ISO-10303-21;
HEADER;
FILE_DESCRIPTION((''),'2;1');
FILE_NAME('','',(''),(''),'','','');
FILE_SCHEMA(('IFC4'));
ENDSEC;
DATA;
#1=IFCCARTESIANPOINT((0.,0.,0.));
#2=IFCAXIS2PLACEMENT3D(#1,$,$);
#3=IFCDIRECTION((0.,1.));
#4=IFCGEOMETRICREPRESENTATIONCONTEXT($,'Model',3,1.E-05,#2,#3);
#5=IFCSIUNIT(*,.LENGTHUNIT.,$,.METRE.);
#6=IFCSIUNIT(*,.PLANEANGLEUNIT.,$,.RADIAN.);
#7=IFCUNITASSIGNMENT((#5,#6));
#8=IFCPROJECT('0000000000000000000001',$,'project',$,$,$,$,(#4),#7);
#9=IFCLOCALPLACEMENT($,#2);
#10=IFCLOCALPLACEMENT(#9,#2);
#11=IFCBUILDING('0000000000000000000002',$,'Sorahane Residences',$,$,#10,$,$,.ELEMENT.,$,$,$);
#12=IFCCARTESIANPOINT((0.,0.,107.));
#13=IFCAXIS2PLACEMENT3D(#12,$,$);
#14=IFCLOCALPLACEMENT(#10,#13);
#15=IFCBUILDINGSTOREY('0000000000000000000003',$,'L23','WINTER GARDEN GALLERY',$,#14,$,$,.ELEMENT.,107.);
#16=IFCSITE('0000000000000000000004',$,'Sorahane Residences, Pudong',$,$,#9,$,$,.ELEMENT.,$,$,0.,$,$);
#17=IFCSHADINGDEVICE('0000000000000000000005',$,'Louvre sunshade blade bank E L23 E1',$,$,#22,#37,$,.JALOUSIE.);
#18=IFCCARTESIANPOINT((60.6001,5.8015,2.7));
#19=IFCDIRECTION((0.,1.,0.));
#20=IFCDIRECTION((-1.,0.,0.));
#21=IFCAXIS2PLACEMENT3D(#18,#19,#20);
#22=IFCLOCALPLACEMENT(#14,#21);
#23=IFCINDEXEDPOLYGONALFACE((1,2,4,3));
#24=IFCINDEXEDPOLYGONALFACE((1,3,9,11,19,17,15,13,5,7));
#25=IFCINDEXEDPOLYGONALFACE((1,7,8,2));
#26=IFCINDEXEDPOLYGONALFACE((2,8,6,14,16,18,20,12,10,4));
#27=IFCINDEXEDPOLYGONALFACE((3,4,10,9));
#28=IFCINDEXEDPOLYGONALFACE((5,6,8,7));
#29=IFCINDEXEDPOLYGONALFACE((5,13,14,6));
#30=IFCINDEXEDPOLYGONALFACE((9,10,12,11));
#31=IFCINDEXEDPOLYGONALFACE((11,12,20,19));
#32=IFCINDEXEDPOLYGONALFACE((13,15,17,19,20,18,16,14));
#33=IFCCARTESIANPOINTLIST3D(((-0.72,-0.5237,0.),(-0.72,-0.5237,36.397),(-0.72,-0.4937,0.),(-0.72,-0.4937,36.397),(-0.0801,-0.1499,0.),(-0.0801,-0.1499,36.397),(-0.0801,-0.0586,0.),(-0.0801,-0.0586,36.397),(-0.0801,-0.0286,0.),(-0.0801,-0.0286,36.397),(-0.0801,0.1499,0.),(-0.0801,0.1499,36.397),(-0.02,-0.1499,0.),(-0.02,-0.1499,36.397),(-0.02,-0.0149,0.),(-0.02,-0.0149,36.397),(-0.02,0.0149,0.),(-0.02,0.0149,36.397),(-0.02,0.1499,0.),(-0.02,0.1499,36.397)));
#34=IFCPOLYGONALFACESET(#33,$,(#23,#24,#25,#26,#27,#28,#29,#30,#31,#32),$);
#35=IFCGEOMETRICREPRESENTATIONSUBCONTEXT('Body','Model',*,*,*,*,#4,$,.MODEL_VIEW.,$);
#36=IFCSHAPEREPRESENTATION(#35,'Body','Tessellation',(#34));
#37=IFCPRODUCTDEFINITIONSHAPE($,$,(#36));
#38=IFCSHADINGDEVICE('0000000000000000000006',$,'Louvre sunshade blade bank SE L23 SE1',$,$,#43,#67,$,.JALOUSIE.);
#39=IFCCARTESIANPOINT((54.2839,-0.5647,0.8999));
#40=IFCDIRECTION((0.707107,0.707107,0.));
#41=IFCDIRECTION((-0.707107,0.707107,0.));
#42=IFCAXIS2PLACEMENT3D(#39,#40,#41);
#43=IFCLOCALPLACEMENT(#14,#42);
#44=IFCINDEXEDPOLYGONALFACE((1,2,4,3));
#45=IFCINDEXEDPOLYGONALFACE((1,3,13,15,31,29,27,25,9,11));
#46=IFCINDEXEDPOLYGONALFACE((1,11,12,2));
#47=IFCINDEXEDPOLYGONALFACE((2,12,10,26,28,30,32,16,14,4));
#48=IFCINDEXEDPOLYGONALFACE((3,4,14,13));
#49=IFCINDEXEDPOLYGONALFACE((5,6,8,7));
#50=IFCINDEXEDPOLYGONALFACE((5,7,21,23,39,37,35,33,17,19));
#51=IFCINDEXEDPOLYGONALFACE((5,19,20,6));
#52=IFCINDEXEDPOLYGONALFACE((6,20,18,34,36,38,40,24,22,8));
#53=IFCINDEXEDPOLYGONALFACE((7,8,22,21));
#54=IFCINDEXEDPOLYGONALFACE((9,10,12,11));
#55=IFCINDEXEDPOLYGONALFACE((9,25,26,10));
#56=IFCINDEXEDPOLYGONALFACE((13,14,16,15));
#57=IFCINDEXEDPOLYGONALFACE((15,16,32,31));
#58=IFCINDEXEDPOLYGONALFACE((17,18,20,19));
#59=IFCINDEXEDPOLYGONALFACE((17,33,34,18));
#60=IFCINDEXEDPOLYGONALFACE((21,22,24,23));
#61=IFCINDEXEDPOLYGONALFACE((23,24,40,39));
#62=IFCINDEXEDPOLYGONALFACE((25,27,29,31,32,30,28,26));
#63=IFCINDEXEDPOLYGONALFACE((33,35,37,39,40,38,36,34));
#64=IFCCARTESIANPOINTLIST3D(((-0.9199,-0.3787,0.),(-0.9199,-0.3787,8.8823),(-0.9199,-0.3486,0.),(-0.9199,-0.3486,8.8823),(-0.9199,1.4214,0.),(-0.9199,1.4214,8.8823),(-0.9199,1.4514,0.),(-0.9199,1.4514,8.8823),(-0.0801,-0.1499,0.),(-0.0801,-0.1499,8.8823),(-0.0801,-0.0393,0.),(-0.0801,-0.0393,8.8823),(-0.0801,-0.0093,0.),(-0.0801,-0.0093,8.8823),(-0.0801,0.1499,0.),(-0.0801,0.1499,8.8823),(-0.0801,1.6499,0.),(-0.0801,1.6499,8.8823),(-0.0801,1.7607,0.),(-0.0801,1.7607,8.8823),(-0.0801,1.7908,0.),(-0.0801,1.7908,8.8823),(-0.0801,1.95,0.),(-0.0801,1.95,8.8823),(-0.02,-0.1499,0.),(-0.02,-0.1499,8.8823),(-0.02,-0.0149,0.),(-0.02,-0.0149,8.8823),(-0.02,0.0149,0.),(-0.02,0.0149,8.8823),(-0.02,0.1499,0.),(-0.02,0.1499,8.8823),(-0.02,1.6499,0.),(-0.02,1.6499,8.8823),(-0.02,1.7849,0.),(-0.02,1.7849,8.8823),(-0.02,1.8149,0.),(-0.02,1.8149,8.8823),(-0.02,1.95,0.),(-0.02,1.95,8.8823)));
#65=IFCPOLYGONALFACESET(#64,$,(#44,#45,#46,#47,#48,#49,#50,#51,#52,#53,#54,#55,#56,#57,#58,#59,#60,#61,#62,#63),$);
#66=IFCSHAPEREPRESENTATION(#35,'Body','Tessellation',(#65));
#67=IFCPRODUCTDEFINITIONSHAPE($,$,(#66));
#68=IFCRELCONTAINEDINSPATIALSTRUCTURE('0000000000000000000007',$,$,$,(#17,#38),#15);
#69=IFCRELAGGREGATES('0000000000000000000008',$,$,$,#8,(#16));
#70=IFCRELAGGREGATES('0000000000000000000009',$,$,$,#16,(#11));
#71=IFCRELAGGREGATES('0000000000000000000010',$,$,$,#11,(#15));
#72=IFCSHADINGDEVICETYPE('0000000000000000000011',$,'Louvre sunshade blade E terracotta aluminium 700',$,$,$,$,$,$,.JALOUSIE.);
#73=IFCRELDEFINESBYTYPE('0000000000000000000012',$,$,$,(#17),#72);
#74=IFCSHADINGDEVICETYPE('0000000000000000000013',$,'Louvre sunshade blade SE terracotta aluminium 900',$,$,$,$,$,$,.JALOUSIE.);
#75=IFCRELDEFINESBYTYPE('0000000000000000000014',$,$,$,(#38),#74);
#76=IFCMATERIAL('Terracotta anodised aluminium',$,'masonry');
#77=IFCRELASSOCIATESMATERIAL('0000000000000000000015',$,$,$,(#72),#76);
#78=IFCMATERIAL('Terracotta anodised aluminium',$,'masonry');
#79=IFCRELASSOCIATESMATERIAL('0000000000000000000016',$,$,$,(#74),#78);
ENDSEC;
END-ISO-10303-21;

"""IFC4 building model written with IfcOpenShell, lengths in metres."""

from ifc_helpers import new_model, si_unit, direction, frame, origin, place, context, subcontext, project, spatial, polyline, outline, composite_profile, extrude, material, type_object, element, save


model = new_model("IFC4")

# Units and contexts
model_context = context("Model", 3, precision=1e-05, world=origin(), true_north=direction((0.0, 1.0)))
body_context = subcontext(model_context, "Body", "Model", "MODEL_VIEW")
ifc_project = project(units=[si_unit("LENGTHUNIT", "METRE"), si_unit("PLANEANGLEUNIT", "RADIAN")], contexts=[model_context])

# Site, building, storey
site_placement = place(None, origin())
site = spatial("IfcSite", under=ifc_project, at=site_placement, Name="Sorahane Residences, Pudong", CompositionType="ELEMENT", RefElevation=0.0)
building_placement = place(site_placement, origin())
building = spatial("IfcBuilding", under=site, at=building_placement, Name="Sorahane Residences", CompositionType="ELEMENT")
storey_placement = place(building_placement, frame((0.0, 0.0, 107.0)))
storey = spatial("IfcBuildingStorey", under=building, at=storey_placement, Name="L23", Description="WINTER GARDEN GALLERY", CompositionType="ELEMENT", Elevation=107.0)

# Shading devices
ifc_material_1 = material(Name="Terracotta anodised aluminium", Category="masonry")
shading_device_type_1 = type_object("IfcShadingDeviceType", Name="Louvre sunshade blade E terracotta aluminium 700", PredefinedType="JALOUSIE", material=ifc_material_1)
shading_device_1_placement = place(storey_placement, frame((60.6001, 5.8015, 2.7), z_axis=(0.0, 1.0, 0.0), x_axis=(-1.0, 0.0, 0.0)))
element("IfcShadingDevice", 1, at=shading_device_1_placement, inside=storey, type_object=shading_device_type_1, Name="Louvre sunshade blade bank E L23 E1", PredefinedType="JALOUSIE", context=body_context, shape_type="SweptSolid", body=[
    extrude(outline(polyline([(-0.72, -0.4937), (-0.72, -0.5237), (-0.0801, -0.0586), (-0.0801, -0.1499), (-0.02, -0.1499), (-0.02, -0.0149), (-0.02, 0.0149), (-0.02, 0.1499), (-0.0801, 0.1499), (-0.0801, -0.0286), (-0.72, -0.4937)])), origin(), (0.0, 0.0, 1.0), 36.397),
])
ifc_material_2 = material(Name="Terracotta anodised aluminium", Category="masonry")
shading_device_type_2 = type_object("IfcShadingDeviceType", Name="Louvre sunshade blade SE terracotta aluminium 900", PredefinedType="JALOUSIE", material=ifc_material_2)
shading_device_2_placement = place(storey_placement, frame((54.2839, -0.5647, 0.8999), z_axis=(0.707107, 0.707107, 0.0), x_axis=(-0.707107, 0.707107, 0.0)))
element("IfcShadingDevice", 2, at=shading_device_2_placement, inside=storey, type_object=shading_device_type_2, Name="Louvre sunshade blade bank SE L23 SE1", PredefinedType="JALOUSIE", context=body_context, shape_type="SweptSolid", body=[
    extrude(composite_profile([outline(polyline([(-0.9199, -0.3486), (-0.9199, -0.3787), (-0.0801, -0.0393), (-0.0801, -0.1499), (-0.02, -0.1499), (-0.02, -0.0149), (-0.02, 0.0149), (-0.02, 0.1499), (-0.0801, 0.1499), (-0.0801, -0.0093), (-0.9199, -0.3486)])), outline(polyline([(-0.9199, 1.4514), (-0.9199, 1.4214), (-0.0801, 1.7607), (-0.0801, 1.6499), (-0.02, 1.6499), (-0.02, 1.7849), (-0.02, 1.8149), (-0.02, 1.95), (-0.0801, 1.95), (-0.0801, 1.7908), (-0.9199, 1.4514)]))]), origin(), (0.0, 0.0, 1.0), 8.8823),
])

save(model, "model.ifc")
